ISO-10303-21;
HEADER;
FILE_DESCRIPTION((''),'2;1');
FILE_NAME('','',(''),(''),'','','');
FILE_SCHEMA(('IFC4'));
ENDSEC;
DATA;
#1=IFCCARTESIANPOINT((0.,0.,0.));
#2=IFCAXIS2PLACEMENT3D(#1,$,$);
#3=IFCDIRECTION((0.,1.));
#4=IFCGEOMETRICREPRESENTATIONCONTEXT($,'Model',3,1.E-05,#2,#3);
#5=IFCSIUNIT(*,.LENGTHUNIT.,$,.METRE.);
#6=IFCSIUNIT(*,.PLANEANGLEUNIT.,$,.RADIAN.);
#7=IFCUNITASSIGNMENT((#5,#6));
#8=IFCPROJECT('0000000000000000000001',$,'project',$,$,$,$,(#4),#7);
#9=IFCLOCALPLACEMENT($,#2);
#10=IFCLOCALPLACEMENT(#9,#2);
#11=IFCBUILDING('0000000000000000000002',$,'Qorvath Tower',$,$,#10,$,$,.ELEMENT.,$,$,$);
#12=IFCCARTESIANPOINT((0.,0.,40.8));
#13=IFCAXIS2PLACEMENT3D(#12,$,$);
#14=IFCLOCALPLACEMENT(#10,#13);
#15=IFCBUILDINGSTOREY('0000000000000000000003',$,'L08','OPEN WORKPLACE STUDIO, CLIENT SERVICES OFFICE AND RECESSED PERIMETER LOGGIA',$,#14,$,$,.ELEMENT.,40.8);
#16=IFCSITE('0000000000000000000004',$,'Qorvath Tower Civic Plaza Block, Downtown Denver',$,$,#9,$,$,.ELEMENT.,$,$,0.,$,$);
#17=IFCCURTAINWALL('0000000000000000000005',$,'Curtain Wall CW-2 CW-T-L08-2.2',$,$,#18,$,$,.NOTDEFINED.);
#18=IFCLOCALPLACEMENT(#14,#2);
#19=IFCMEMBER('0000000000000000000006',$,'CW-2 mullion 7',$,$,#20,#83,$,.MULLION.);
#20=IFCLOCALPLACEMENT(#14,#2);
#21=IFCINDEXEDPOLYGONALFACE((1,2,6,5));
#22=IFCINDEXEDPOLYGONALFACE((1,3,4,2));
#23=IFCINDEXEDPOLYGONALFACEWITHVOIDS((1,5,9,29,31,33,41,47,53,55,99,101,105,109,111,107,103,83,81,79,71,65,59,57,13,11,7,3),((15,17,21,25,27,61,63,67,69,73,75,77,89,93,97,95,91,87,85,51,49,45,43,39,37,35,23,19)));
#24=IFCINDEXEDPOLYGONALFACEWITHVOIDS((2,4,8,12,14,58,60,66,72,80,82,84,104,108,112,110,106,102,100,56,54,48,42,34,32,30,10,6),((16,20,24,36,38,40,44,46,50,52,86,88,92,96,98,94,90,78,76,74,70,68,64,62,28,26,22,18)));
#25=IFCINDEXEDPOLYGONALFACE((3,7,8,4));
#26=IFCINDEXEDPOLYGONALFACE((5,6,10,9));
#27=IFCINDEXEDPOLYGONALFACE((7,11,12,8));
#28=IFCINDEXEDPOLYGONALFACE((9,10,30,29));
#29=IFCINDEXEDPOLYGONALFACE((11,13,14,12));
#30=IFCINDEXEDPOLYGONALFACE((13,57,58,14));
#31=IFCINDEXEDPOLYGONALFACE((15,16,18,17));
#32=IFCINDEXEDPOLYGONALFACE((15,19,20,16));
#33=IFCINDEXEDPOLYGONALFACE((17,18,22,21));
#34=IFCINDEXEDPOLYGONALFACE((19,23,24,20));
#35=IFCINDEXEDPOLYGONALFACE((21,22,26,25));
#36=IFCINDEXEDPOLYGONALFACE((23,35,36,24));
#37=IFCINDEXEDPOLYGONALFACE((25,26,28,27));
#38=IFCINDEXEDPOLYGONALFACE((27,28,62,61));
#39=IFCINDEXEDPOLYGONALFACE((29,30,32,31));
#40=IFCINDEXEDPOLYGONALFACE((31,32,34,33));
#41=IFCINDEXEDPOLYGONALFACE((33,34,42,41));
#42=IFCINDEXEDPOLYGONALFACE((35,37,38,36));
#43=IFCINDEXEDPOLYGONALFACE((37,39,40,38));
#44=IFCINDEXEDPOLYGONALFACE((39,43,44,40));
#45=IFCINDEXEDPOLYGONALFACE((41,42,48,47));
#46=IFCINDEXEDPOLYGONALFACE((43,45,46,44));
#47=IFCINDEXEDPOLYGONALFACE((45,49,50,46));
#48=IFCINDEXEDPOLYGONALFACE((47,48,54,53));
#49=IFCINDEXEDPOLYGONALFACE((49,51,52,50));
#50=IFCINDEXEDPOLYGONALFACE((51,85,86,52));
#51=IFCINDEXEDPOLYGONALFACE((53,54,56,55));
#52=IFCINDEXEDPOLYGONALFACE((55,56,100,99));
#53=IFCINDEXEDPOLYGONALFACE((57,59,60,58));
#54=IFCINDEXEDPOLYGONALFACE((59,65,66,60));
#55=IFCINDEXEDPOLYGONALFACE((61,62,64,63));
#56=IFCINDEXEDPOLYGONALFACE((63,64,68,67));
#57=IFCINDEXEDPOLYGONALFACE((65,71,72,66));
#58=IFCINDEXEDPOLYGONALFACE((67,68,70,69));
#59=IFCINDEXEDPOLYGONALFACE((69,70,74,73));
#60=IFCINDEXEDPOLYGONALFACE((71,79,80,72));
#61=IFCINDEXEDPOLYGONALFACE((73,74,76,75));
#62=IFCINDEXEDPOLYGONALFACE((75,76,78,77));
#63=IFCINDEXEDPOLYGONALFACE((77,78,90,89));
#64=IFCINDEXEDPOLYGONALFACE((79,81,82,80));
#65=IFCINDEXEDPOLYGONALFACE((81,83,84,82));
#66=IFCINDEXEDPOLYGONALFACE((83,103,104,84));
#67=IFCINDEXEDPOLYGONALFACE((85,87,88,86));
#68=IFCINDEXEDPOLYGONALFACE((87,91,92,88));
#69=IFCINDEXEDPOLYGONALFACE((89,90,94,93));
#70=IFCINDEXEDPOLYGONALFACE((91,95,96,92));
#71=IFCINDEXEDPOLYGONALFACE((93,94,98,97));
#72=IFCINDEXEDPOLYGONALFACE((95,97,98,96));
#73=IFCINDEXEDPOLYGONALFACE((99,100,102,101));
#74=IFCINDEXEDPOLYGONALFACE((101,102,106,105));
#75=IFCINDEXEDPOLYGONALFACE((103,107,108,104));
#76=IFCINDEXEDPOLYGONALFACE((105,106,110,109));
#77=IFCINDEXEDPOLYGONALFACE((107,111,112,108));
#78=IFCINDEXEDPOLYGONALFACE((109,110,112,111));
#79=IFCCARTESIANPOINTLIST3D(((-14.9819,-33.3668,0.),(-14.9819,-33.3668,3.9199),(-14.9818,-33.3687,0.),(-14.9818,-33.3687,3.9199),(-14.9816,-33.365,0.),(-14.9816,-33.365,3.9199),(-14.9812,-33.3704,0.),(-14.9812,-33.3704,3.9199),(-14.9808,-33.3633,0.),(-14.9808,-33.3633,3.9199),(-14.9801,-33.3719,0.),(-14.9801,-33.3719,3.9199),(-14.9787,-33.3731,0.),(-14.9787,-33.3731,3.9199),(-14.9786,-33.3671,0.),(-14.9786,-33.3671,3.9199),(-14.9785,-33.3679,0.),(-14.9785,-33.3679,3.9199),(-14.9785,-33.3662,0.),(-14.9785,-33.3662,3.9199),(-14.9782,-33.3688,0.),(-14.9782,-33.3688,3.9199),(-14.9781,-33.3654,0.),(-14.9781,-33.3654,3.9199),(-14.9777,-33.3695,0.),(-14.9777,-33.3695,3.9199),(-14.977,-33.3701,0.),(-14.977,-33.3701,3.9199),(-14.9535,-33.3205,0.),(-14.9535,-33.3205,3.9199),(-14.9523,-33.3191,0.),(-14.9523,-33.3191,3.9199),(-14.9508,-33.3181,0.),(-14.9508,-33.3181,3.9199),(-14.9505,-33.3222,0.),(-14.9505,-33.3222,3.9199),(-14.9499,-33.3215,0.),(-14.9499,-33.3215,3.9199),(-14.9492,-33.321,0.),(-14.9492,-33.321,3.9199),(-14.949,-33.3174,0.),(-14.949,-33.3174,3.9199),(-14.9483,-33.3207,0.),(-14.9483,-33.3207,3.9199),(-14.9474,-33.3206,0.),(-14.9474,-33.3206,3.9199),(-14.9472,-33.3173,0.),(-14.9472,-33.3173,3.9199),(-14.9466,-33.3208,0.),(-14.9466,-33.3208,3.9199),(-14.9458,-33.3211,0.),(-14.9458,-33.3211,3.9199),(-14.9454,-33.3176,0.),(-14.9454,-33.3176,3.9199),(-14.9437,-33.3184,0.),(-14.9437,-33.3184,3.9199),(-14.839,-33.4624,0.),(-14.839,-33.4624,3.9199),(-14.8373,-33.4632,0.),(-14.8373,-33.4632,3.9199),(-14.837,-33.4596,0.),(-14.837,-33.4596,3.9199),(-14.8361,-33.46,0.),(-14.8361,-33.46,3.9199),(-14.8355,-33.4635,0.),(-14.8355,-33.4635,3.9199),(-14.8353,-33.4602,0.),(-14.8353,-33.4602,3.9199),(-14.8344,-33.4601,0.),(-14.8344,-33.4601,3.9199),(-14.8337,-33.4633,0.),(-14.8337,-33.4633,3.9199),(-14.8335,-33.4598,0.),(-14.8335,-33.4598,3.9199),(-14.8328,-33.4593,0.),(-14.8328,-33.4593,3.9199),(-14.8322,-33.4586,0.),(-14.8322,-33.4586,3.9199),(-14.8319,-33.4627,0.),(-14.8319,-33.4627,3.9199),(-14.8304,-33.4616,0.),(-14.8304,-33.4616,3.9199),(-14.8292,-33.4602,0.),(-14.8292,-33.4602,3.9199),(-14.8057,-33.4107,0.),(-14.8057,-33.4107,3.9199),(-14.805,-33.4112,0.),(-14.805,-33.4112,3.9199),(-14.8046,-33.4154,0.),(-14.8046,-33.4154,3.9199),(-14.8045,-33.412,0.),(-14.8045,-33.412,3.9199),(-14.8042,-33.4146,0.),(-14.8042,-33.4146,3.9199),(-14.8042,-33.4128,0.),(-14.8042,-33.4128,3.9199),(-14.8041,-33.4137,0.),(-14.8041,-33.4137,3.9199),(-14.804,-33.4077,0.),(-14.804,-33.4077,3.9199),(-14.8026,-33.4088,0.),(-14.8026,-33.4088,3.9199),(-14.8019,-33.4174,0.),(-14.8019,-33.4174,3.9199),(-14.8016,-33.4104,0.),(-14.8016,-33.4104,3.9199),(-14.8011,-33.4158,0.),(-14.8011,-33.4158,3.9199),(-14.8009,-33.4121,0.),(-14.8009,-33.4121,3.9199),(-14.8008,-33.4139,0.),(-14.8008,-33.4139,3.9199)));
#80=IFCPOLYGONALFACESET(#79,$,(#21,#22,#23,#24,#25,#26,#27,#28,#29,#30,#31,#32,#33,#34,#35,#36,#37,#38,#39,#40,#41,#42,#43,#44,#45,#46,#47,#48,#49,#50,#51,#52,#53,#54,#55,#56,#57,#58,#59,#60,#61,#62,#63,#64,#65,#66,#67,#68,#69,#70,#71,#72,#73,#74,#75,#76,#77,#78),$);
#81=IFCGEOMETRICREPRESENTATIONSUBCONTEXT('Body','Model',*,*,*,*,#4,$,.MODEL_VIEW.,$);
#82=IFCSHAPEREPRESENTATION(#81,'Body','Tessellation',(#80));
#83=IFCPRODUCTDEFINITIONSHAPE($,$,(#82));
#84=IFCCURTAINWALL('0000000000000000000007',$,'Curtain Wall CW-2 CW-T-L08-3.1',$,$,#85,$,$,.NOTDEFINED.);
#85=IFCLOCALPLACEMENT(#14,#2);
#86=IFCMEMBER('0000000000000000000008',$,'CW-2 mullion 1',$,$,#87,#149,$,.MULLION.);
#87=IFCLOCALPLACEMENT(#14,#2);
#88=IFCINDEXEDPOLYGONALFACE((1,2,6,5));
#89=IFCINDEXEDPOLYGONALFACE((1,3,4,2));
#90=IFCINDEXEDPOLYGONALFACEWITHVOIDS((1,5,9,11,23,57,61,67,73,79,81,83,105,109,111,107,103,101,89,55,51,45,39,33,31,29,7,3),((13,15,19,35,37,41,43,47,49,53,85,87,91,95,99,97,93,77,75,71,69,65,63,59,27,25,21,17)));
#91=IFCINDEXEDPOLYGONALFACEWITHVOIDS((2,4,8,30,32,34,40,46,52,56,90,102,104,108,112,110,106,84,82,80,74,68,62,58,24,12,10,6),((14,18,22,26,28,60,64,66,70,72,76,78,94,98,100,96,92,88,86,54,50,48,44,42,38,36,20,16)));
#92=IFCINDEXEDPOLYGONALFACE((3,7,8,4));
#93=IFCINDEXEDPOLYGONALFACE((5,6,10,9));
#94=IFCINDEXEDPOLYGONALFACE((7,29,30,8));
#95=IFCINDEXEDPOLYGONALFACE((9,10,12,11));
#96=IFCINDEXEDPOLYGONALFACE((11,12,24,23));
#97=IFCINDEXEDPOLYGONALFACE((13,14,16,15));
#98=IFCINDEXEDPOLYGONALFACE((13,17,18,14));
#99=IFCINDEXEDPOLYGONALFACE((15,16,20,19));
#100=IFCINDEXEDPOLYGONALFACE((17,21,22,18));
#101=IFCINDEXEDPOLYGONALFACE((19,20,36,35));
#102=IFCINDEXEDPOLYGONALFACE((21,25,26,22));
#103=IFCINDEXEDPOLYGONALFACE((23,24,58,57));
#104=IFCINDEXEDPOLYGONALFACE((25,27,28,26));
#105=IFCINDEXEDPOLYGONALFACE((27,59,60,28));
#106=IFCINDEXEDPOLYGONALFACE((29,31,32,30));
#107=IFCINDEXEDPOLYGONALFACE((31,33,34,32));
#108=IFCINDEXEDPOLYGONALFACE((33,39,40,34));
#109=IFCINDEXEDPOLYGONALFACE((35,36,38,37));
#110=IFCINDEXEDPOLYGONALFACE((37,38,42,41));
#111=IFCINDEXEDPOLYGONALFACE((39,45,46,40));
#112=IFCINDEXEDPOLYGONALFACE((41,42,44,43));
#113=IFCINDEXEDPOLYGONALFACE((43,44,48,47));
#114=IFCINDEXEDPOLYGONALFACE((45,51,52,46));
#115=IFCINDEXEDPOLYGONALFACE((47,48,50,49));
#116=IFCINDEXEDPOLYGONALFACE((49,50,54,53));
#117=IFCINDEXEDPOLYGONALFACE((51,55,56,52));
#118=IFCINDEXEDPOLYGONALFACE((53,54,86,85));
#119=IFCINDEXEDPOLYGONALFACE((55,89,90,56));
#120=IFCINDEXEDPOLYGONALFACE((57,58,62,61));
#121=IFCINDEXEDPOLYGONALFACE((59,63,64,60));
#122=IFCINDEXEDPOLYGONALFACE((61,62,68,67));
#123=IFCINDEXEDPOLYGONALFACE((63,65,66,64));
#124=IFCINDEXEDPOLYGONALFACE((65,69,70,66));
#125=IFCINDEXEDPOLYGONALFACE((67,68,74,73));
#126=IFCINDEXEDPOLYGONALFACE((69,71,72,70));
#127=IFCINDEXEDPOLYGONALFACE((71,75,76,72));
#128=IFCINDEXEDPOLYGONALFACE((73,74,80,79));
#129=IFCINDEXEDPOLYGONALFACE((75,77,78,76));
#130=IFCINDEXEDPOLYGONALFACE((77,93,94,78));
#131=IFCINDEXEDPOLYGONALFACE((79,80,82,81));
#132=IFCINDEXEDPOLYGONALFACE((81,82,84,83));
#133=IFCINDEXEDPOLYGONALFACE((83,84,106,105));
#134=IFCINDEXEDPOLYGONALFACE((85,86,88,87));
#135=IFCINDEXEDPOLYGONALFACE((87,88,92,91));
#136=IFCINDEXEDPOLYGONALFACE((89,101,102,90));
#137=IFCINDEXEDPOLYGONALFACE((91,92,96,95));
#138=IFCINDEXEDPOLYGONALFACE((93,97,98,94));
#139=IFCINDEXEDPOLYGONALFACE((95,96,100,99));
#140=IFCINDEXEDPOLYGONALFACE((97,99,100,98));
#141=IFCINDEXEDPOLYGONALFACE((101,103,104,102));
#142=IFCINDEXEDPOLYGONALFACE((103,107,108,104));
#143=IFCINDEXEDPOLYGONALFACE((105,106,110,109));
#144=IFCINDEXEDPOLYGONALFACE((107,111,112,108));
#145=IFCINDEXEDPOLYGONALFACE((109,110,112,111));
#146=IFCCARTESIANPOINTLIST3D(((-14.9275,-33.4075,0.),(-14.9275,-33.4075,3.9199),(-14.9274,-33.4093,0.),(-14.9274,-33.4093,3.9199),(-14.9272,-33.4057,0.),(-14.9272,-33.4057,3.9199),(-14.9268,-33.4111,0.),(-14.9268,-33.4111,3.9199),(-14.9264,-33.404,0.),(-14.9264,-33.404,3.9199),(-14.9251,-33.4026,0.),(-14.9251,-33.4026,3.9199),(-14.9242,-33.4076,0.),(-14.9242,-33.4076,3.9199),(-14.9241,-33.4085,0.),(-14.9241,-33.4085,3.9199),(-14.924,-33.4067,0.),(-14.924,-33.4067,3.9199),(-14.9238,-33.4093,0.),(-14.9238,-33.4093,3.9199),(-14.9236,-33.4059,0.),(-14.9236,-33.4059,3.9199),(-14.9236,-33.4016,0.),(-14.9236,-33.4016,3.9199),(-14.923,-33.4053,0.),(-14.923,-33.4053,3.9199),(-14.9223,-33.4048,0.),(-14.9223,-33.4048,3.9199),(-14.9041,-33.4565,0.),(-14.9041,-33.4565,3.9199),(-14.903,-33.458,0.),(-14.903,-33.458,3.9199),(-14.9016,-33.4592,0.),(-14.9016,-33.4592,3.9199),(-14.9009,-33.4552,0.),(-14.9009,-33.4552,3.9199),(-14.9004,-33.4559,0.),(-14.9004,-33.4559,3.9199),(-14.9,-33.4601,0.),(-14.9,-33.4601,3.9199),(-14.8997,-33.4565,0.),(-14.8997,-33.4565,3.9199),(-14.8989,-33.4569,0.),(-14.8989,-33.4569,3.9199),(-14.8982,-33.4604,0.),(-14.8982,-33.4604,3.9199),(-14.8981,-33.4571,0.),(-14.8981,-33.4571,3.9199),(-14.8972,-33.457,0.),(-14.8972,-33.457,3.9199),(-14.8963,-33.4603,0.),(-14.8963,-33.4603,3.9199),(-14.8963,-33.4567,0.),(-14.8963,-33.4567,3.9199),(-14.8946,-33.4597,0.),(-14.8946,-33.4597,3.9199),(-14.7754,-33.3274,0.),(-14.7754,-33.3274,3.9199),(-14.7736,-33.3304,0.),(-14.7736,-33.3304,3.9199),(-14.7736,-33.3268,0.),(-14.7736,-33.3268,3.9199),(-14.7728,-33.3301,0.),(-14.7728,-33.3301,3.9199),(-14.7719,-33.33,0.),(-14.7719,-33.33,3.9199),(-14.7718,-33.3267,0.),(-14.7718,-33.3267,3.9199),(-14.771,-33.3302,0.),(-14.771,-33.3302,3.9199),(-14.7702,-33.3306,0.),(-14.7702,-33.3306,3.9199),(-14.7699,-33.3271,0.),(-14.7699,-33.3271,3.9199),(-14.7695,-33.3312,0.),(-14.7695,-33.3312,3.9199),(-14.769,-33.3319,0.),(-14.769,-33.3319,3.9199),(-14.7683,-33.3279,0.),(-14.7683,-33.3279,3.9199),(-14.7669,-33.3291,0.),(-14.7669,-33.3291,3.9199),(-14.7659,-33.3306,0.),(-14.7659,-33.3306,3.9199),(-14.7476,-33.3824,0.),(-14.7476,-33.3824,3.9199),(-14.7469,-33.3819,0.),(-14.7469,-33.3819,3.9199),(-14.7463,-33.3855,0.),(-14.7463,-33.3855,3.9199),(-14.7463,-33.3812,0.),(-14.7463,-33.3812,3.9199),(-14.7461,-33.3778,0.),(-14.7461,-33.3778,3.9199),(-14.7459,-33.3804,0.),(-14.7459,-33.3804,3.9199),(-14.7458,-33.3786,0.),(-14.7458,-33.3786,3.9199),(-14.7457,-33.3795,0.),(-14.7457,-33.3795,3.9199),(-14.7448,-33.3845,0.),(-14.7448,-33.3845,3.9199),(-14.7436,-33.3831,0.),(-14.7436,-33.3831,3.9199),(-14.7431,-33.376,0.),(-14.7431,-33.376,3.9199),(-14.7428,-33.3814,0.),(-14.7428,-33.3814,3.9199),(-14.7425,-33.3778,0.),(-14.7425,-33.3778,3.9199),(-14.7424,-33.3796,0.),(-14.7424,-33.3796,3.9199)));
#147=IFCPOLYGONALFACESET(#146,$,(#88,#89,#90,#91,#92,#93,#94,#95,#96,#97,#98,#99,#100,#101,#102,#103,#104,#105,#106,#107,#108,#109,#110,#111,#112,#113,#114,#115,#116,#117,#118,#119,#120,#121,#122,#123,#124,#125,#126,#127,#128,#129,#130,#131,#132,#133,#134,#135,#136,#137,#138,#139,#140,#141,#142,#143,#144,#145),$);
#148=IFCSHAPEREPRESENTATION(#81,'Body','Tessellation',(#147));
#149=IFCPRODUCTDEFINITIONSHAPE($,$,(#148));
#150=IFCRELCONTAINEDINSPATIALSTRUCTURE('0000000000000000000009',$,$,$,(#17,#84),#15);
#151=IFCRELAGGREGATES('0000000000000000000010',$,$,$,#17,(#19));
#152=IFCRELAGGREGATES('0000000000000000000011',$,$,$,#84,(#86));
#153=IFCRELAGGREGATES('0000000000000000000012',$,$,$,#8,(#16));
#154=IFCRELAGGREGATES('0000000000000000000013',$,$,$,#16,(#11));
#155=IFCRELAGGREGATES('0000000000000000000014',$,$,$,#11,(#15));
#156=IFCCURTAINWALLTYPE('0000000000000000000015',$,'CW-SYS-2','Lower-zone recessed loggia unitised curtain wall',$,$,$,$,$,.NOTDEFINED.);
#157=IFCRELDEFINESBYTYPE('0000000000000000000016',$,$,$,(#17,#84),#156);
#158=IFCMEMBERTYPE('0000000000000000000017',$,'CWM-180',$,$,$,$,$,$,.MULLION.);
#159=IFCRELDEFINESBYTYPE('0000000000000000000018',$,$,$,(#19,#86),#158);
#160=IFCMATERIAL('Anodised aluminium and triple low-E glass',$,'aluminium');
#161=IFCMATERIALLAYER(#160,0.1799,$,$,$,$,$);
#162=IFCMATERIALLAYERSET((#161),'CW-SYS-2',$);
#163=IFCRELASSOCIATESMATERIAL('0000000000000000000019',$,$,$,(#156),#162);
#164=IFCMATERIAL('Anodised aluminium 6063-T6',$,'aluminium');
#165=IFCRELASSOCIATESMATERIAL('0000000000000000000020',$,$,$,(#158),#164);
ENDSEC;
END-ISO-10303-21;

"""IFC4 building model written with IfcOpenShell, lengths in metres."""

from ifc_helpers import new_model, si_unit, direction, frame, origin, origin_2d, place, context, subcontext, project, spatial, hollow_rectangle, extrude, material, layer, layer_set, material_profile, profile_set, type_object, element, aggregate, save


model = new_model("IFC4")

# Units and contexts
model_context = context("Model", 3, precision=1e-05, world=origin(), true_north=direction((0.0, 1.0)))
body_context = subcontext(model_context, "Body", "Model", "MODEL_VIEW")
ifc_project = project(units=[si_unit("LENGTHUNIT", "METRE"), si_unit("PLANEANGLEUNIT", "RADIAN")], contexts=[model_context])

# Site, building, storey
site_placement = place(None, origin())
site = spatial("IfcSite", under=ifc_project, at=site_placement, Name="Qorvath Tower Civic Plaza Block, Downtown Denver", CompositionType="ELEMENT", RefElevation=0.0)
building_placement = place(site_placement, origin())
building = spatial("IfcBuilding", under=site, at=building_placement, Name="Qorvath Tower", CompositionType="ELEMENT")
storey_placement = place(building_placement, frame((0.0, 0.0, 40.8)))
storey = spatial("IfcBuildingStorey", under=building, at=storey_placement, Name="L08", Description="OPEN WORKPLACE STUDIO, CLIENT SERVICES OFFICE AND RECESSED PERIMETER LOGGIA", CompositionType="ELEMENT", Elevation=40.8)

# Curtain walls, members
ifc_material_1 = material(Name="Anodised aluminium and triple low-E glass", Category="aluminium")
ifc_layer_1 = layer(ifc_material_1, 0.1799)
ifc_layer_set_1 = layer_set([ifc_layer_1], Name="CW-SYS-2")
curtain_wall_type = type_object("IfcCurtainWallType", Name="CW-SYS-2", Description="Lower-zone recessed loggia unitised curtain wall", PredefinedType="NOTDEFINED", material=ifc_layer_set_1)
curtain_wall_1_placement = place(storey_placement, origin())
curtain_wall_1 = element("IfcCurtainWall", 1, at=curtain_wall_1_placement, inside=storey, type_object=curtain_wall_type, Name="Curtain Wall CW-2 CW-T-L08-2.2", PredefinedType="NOTDEFINED")
ifc_material_2 = material(Name="Anodised aluminium 6063-T6", Category="aluminium")
ifc_material_profile_1 = material_profile(ifc_material_2, hollow_rectangle(XDim=0.0649, YDim=0.1799, WallThickness=0.0034, InnerFilletRadius=0.0034, OuterFilletRadius=0.0071, at=origin_2d()), Name="CWM 180x65")
ifc_profile_set_1 = profile_set([ifc_material_profile_1], Name="Anodised aluminium 6063-T6")
member_type_1 = type_object("IfcMemberType", Name="CWM-180", PredefinedType="MULLION", material=ifc_profile_set_1)
member_1_placement = place(storey_placement, frame((-14.8914, -33.3904, 0.0), z_axis=(0.0, 0.0, 1.0), x_axis=(0.538537, 0.842602, 0.0)))
member_1 = element("IfcMember", 2, at=member_1_placement, type_object=member_type_1, Name="CW-2 mullion 7", PredefinedType="MULLION", context=body_context, shape_type="SweptSolid", body=[
    extrude(hollow_rectangle(XDim=0.0649, YDim=0.1799, WallThickness=0.0034, InnerFilletRadius=0.0034, OuterFilletRadius=0.0071, at=origin_2d()), origin(), (0.0, 0.0, 1.0), 3.9199),
])
curtain_wall_2_placement = place(storey_placement, origin())
curtain_wall_2 = element("IfcCurtainWall", 3, at=curtain_wall_2_placement, inside=storey, type_object=curtain_wall_type, Name="Curtain Wall CW-2 CW-T-L08-3.1", PredefinedType="NOTDEFINED")
member_2_placement = place(storey_placement, frame((-14.835, -33.3936, 0.0), z_axis=(0.0, 0.0, 1.0), x_axis=(-0.447259, 0.894405, 0.0)))
member_2 = element("IfcMember", 4, at=member_2_placement, type_object=member_type_1, Name="CW-2 mullion 1", PredefinedType="MULLION", context=body_context, shape_type="SweptSolid", body=[
    extrude(hollow_rectangle(XDim=0.0649, YDim=0.1799, WallThickness=0.0034, InnerFilletRadius=0.0034, OuterFilletRadius=0.0071, at=origin_2d()), origin(), (0.0, 0.0, 1.0), 3.9199),
])

aggregate(curtain_wall_1, [member_1])
aggregate(curtain_wall_2, [member_2])

save(model, "model.ifc")
